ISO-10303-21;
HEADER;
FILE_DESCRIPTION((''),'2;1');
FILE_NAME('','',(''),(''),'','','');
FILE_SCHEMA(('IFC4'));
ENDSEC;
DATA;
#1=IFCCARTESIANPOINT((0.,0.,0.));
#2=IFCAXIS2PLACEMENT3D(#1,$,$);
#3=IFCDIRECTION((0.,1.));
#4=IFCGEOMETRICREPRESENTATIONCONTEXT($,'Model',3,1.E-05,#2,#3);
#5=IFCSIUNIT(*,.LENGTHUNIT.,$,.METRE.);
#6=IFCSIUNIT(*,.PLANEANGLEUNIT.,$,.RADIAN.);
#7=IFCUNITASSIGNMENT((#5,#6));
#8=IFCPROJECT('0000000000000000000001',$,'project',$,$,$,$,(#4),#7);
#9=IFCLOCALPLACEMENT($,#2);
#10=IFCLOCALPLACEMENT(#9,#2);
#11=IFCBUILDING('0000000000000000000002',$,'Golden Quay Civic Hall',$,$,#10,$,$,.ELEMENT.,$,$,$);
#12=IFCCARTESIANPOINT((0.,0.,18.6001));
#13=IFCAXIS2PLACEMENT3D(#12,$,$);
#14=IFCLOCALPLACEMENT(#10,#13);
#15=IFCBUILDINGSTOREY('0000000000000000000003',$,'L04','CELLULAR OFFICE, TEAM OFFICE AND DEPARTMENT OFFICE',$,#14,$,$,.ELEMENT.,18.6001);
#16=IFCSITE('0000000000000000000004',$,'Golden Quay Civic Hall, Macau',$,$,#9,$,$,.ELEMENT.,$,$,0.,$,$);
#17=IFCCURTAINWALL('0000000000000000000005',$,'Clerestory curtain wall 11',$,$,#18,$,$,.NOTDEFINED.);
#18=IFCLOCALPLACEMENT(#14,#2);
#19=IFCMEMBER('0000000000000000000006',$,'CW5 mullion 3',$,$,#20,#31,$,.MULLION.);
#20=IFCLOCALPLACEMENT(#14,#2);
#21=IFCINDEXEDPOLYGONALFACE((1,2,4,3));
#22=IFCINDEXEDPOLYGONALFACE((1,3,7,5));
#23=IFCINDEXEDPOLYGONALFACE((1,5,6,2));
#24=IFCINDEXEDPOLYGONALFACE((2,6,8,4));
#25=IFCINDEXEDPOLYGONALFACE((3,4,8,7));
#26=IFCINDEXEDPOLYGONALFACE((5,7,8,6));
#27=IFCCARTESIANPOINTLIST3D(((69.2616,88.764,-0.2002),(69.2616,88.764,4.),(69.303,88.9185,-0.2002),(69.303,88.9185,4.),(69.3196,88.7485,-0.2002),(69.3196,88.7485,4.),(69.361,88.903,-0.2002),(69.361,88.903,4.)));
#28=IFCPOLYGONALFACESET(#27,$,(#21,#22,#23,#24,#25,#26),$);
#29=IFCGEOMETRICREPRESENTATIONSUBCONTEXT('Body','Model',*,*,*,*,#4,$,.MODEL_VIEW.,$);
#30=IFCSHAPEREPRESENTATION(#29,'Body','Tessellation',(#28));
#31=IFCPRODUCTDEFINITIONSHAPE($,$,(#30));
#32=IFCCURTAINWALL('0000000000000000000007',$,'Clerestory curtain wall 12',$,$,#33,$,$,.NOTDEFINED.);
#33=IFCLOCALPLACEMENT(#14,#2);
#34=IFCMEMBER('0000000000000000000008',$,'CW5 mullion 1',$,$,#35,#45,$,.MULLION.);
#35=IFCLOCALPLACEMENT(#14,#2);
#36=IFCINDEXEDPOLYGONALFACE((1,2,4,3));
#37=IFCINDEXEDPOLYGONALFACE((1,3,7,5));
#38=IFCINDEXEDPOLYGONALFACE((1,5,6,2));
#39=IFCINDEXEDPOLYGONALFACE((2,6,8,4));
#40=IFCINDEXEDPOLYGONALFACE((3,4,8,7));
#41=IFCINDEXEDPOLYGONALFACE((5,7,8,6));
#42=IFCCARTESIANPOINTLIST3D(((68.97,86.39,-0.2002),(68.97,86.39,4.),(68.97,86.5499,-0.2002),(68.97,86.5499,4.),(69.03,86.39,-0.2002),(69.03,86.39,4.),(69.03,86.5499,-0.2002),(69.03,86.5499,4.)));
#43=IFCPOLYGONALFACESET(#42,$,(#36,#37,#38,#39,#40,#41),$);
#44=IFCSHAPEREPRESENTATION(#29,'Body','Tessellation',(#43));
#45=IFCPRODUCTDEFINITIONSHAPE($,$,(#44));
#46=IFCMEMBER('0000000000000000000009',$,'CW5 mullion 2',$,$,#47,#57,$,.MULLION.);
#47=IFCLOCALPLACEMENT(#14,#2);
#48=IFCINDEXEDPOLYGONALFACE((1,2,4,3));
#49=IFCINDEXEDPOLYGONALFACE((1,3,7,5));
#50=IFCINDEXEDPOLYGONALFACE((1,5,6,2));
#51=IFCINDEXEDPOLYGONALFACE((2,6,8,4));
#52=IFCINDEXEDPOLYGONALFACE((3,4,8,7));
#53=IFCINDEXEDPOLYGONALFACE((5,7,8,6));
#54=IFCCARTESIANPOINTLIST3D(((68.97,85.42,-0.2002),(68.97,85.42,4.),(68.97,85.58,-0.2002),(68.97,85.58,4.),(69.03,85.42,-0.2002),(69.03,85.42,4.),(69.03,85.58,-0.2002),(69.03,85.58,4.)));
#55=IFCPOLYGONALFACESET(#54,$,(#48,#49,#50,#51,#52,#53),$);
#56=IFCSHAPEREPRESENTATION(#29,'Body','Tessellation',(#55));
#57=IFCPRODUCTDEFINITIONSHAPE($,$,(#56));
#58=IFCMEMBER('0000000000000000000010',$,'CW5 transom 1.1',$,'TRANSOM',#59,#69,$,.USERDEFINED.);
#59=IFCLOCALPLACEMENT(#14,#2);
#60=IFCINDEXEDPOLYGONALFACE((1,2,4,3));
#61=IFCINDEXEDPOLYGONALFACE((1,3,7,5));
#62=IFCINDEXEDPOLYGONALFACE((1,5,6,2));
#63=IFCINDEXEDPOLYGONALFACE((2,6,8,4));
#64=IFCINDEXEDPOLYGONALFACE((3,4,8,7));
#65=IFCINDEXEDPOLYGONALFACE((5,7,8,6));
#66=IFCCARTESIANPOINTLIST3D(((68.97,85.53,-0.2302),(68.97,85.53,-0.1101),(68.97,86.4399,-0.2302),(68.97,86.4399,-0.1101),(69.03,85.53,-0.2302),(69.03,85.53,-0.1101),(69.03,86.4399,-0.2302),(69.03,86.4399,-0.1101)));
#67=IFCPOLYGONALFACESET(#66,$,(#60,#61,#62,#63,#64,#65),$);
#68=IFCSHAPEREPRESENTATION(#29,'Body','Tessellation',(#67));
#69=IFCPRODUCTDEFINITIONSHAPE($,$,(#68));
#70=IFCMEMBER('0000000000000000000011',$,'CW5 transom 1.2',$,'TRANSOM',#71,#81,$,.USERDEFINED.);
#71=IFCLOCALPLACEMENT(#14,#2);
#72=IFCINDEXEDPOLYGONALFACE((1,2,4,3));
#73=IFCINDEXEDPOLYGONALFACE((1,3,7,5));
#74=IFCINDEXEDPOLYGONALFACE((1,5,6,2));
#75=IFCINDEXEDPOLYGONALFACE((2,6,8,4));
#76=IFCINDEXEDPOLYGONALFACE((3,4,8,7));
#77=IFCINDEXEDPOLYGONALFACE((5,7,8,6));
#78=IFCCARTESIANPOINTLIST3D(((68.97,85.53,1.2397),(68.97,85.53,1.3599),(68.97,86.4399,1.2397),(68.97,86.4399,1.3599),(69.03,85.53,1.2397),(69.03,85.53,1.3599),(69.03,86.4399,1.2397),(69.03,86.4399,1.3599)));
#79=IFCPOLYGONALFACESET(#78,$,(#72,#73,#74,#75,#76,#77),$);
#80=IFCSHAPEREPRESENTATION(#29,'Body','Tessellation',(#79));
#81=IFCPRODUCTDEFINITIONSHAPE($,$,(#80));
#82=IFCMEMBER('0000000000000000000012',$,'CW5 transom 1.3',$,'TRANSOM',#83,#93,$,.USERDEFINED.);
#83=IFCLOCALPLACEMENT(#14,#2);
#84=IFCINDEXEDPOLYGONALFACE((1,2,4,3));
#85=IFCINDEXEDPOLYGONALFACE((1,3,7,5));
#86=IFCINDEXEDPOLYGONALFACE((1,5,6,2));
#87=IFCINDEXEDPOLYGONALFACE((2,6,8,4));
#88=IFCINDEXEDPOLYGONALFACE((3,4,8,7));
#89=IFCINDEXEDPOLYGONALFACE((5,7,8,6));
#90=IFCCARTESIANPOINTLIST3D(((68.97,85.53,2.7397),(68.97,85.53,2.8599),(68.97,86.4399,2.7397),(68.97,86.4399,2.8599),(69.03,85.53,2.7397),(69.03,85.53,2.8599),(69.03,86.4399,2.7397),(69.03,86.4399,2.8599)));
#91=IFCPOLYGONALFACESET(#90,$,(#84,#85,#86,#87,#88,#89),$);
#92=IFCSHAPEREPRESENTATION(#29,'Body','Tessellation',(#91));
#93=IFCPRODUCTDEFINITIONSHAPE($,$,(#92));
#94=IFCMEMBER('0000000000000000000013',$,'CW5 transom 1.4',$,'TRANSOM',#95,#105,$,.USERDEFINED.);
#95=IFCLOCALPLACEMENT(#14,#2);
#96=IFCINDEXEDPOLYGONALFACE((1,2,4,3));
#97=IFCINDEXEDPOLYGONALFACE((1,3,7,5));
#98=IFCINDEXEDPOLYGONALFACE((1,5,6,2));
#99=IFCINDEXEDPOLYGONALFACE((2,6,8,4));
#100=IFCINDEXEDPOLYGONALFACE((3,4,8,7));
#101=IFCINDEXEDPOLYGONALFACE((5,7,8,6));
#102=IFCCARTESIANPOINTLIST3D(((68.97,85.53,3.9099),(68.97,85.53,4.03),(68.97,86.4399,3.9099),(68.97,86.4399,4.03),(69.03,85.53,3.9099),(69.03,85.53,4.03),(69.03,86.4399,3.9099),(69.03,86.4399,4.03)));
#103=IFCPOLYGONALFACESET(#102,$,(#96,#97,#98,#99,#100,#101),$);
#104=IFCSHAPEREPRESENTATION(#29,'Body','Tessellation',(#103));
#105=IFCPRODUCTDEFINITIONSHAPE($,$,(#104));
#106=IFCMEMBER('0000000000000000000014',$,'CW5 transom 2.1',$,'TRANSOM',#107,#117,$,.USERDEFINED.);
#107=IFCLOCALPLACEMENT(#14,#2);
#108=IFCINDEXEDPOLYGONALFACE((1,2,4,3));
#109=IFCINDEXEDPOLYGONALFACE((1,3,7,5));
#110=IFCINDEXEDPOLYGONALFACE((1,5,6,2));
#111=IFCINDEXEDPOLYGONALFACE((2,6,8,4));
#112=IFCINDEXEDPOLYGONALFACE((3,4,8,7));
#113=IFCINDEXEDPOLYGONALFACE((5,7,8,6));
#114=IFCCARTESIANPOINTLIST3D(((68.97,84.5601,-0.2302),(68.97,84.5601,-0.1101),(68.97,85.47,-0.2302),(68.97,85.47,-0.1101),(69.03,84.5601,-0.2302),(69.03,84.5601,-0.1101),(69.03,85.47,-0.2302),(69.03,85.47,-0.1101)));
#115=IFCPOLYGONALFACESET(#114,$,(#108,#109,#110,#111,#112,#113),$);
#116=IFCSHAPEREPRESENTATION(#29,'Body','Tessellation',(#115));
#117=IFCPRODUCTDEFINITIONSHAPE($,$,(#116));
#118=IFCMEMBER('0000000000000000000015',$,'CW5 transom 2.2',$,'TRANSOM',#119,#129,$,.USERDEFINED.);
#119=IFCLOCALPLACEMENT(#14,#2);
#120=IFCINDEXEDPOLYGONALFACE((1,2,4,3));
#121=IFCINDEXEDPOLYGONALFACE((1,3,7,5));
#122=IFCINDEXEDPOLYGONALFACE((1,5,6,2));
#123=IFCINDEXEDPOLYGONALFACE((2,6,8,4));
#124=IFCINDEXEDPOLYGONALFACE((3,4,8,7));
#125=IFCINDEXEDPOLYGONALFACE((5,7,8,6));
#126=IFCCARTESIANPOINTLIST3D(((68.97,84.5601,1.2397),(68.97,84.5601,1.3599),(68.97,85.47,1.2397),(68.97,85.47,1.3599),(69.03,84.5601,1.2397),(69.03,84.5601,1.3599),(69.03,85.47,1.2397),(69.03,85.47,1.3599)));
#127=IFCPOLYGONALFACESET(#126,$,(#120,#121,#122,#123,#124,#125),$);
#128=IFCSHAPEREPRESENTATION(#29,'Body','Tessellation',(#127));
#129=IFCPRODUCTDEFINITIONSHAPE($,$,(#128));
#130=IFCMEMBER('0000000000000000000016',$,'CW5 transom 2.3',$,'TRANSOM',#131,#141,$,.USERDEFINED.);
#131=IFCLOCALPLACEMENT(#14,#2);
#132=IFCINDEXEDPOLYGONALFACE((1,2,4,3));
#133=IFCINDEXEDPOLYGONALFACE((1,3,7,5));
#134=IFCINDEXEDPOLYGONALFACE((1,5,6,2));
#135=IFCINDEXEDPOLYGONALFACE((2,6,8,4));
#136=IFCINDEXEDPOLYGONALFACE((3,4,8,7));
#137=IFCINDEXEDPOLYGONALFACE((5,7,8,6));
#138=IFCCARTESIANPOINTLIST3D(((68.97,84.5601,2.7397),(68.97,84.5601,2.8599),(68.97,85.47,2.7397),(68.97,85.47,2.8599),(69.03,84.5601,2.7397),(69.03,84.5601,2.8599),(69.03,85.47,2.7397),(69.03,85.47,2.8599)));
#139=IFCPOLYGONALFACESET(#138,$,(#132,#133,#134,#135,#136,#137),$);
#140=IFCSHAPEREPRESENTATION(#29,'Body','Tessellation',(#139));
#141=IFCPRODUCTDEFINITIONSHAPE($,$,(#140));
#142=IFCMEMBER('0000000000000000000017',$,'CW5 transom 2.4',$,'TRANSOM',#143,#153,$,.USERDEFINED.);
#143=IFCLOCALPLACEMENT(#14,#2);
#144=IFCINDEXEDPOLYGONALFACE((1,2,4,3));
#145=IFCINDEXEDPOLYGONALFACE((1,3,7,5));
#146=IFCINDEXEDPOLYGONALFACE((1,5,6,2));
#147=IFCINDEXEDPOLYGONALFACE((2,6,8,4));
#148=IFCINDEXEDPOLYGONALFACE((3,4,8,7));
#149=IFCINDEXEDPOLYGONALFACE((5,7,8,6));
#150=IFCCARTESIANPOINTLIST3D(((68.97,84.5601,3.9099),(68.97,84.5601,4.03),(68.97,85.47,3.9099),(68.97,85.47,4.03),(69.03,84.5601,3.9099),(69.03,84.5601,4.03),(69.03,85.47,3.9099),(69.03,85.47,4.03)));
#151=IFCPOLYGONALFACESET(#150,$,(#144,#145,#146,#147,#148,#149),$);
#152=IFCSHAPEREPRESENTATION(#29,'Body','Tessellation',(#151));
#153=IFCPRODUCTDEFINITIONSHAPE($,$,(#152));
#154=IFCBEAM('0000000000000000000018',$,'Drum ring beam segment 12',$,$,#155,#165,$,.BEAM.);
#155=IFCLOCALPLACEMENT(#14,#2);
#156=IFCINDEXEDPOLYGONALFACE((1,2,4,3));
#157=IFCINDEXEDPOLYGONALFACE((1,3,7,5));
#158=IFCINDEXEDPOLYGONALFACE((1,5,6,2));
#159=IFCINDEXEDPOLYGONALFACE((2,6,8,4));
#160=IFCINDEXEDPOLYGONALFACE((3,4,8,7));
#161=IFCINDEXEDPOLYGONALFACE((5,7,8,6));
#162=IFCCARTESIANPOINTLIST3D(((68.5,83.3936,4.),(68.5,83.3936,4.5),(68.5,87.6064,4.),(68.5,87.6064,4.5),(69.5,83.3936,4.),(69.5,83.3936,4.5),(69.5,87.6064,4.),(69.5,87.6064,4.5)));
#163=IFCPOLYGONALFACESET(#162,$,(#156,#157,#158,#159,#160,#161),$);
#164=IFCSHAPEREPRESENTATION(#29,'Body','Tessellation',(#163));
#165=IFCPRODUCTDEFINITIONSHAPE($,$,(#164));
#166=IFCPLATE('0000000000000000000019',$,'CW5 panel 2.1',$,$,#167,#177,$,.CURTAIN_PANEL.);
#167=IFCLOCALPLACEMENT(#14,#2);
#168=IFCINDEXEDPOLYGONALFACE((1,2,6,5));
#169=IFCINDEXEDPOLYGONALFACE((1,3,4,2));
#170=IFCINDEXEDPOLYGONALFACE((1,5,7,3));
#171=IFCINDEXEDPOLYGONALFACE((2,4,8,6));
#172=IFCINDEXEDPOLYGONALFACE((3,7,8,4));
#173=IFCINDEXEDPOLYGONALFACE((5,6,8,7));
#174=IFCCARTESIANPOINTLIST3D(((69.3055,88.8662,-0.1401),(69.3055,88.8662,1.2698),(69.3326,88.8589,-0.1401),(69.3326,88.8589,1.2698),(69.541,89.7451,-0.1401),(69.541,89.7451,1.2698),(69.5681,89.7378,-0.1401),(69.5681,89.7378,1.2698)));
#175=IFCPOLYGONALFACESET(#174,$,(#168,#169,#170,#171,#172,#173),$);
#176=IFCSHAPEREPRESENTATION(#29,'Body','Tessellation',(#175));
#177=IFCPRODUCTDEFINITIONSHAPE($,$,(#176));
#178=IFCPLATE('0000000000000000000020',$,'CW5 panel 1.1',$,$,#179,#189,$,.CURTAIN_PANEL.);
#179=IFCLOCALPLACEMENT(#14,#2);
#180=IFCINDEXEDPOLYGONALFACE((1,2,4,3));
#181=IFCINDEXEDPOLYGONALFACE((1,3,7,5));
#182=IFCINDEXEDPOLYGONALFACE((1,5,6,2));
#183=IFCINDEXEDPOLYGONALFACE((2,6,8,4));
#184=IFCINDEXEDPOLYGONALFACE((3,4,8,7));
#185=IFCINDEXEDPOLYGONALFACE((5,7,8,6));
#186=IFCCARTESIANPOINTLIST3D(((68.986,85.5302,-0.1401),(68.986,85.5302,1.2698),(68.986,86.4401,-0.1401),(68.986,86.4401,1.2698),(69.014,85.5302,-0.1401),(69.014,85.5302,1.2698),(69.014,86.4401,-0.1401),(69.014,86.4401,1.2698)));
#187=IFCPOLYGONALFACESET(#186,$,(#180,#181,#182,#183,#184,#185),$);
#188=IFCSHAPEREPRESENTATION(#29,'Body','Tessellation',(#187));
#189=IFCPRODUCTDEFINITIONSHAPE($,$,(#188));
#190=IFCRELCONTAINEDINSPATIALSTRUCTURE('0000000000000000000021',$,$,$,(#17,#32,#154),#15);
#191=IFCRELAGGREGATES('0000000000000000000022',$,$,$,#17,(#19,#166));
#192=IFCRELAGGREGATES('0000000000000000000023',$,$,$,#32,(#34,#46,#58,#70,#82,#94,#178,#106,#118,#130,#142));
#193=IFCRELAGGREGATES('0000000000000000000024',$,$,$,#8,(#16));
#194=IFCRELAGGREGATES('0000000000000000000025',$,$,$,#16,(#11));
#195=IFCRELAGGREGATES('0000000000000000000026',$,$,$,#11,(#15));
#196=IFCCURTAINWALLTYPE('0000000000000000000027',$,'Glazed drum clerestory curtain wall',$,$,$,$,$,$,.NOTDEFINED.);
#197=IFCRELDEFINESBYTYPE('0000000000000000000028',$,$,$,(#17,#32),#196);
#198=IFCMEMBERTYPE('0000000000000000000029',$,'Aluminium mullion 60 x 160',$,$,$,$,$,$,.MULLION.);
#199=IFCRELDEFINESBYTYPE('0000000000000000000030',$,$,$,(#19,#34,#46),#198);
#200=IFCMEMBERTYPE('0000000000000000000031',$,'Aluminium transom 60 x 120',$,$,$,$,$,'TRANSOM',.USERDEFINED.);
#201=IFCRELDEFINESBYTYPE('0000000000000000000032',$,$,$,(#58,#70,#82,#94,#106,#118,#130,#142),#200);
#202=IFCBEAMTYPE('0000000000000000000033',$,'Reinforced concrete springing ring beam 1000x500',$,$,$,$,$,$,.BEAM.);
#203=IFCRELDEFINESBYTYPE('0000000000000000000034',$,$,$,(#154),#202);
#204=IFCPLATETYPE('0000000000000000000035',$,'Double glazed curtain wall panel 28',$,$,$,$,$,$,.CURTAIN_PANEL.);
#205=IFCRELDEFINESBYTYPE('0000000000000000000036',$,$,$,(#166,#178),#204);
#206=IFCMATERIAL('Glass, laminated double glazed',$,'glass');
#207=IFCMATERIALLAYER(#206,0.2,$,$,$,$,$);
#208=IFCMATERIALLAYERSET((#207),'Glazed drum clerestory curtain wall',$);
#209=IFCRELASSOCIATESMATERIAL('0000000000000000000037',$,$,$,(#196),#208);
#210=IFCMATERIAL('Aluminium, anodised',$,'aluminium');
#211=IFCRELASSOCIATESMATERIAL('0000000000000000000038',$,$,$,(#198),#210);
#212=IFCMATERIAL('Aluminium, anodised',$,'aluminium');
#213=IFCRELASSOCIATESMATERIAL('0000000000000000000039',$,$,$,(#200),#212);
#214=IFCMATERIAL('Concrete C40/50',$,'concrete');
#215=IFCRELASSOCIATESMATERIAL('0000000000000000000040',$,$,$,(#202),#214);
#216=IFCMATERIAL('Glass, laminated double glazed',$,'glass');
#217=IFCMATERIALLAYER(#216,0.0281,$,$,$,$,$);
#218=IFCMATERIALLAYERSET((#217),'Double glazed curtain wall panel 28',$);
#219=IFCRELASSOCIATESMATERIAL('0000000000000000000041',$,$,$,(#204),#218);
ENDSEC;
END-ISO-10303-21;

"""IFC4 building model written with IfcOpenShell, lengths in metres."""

from ifc_helpers import new_model, si_unit, direction, frame, origin, origin_2d, place, context, subcontext, project, spatial, rectangle, extrude, material, layer, layer_set, material_profile, profile_set, type_object, element, aggregate, save


model = new_model("IFC4")

# Units and contexts
model_context = context("Model", 3, precision=1e-05, world=origin(), true_north=direction((0.0, 1.0)))
body_context = subcontext(model_context, "Body", "Model", "MODEL_VIEW")
ifc_project = project(units=[si_unit("LENGTHUNIT", "METRE"), si_unit("PLANEANGLEUNIT", "RADIAN")], contexts=[model_context])

# Site, building, storey
site_placement = place(None, origin())
site = spatial("IfcSite", under=ifc_project, at=site_placement, Name="Golden Quay Civic Hall, Macau", CompositionType="ELEMENT", RefElevation=0.0)
building_placement = place(site_placement, origin())
building = spatial("IfcBuilding", under=site, at=building_placement, Name="Golden Quay Civic Hall", CompositionType="ELEMENT")
storey_placement = place(building_placement, frame((0.0, 0.0, 18.6001)))
storey = spatial("IfcBuildingStorey", under=building, at=storey_placement, Name="L04", Description="CELLULAR OFFICE, TEAM OFFICE AND DEPARTMENT OFFICE", CompositionType="ELEMENT", Elevation=18.6001)

# Curtain wall, member
ifc_material_1 = material(Name="Glass, laminated double glazed", Category="glass")
ifc_layer_1 = layer(ifc_material_1, 0.2)
ifc_layer_set_1 = layer_set([ifc_layer_1], Name="Glazed drum clerestory curtain wall")
curtain_wall_type = type_object("IfcCurtainWallType", Name="Glazed drum clerestory curtain wall", PredefinedType="NOTDEFINED", material=ifc_layer_set_1)
curtain_wall_1_placement = place(storey_placement, origin())
curtain_wall_1 = element("IfcCurtainWall", 1, at=curtain_wall_1_placement, inside=storey, type_object=curtain_wall_type, Name="Clerestory curtain wall 11", PredefinedType="NOTDEFINED")
ifc_material_2 = material(Name="Aluminium, anodised", Category="aluminium")
ifc_material_profile_1 = material_profile(ifc_material_2, rectangle(XDim=0.0601, YDim=0.1599, at=origin_2d()), Name="Aluminium 60 x 160")
ifc_profile_set_1 = profile_set([ifc_material_profile_1], Name="Aluminium, anodised")
member_type_1 = type_object("IfcMemberType", Name="Aluminium mullion 60 x 160", PredefinedType="MULLION", material=ifc_profile_set_1)
member_1_placement = place(storey_placement, frame((69.3113, 88.8335, -0.2002), z_axis=(0.0, 0.0, 1.0), x_axis=(0.965929, -0.258808, 0.0)))
member_1 = element("IfcMember", 2, at=member_1_placement, type_object=member_type_1, Name="CW5 mullion 3", PredefinedType="MULLION", context=body_context, shape_type="SweptSolid", body=[
    extrude(rectangle(XDim=0.0601, YDim=0.1599, at=origin_2d()), origin(), (0.0, 0.0, 1.0), 4.2002),
])

# Curtain wall, members
curtain_wall_2_placement = place(storey_placement, origin())
curtain_wall_2 = element("IfcCurtainWall", 3, at=curtain_wall_2_placement, inside=storey, type_object=curtain_wall_type, Name="Clerestory curtain wall 12", PredefinedType="NOTDEFINED")
member_2_placement = place(storey_placement, frame((69.0, 86.47, -0.2002), z_axis=(0.0, 0.0, 1.0), x_axis=(1.0, 0.0, 0.0)))
member_2 = element("IfcMember", 4, at=member_2_placement, type_object=member_type_1, Name="CW5 mullion 1", PredefinedType="MULLION", context=body_context, shape_type="SweptSolid", body=[
    extrude(rectangle(XDim=0.0601, YDim=0.1599, at=origin_2d()), origin(), (0.0, 0.0, 1.0), 4.2002),
])
member_3_placement = place(storey_placement, frame((69.0, 85.5, -0.2002), z_axis=(0.0, 0.0, 1.0), x_axis=(1.0, 0.0, 0.0)))
member_3 = element("IfcMember", 5, at=member_3_placement, type_object=member_type_1, Name="CW5 mullion 2", PredefinedType="MULLION", context=body_context, shape_type="SweptSolid", body=[
    extrude(rectangle(XDim=0.0601, YDim=0.1599, at=origin_2d()), origin(), (0.0, 0.0, 1.0), 4.2002),
])
ifc_material_3 = material(Name="Aluminium, anodised", Category="aluminium")
ifc_material_profile_2 = material_profile(ifc_material_3, rectangle(XDim=0.0601, YDim=0.1201, at=origin_2d()), Name="Aluminium 60 x 120")
ifc_profile_set_2 = profile_set([ifc_material_profile_2], Name="Aluminium, anodised")
member_type_2 = type_object("IfcMemberType", Name="Aluminium transom 60 x 120", ElementType="TRANSOM", PredefinedType="USERDEFINED", material=ifc_profile_set_2)
member_4_placement = place(storey_placement, frame((69.0, 86.4399, -0.1702), z_axis=(0.0, -1.0, 0.0), x_axis=(1.0, 0.0, 0.0)))
member_4 = element("IfcMember", 6, at=member_4_placement, type_object=member_type_2, Name="CW5 transom 1.1", ObjectType="TRANSOM", PredefinedType="USERDEFINED", context=body_context, shape_type="SweptSolid", body=[
    extrude(rectangle(XDim=0.0601, YDim=0.1201, at=origin_2d()), origin(), (0.0, 0.0, 1.0), 0.9099),
])
member_5_placement = place(storey_placement, frame((69.0, 86.4399, 1.2998), z_axis=(0.0, -1.0, 0.0), x_axis=(1.0, 0.0, 0.0)))
member_5 = element("IfcMember", 7, at=member_5_placement, type_object=member_type_2, Name="CW5 transom 1.2", ObjectType="TRANSOM", PredefinedType="USERDEFINED", context=body_context, shape_type="SweptSolid", body=[
    extrude(rectangle(XDim=0.0601, YDim=0.1201, at=origin_2d()), origin(), (0.0, 0.0, 1.0), 0.9099),
])
member_6_placement = place(storey_placement, frame((69.0, 86.4399, 2.7998), z_axis=(0.0, -1.0, 0.0), x_axis=(1.0, 0.0, 0.0)))
member_6 = element("IfcMember", 8, at=member_6_placement, type_object=member_type_2, Name="CW5 transom 1.3", ObjectType="TRANSOM", PredefinedType="USERDEFINED", context=body_context, shape_type="SweptSolid", body=[
    extrude(rectangle(XDim=0.0601, YDim=0.1201, at=origin_2d()), origin(), (0.0, 0.0, 1.0), 0.9099),
])
member_7_placement = place(storey_placement, frame((69.0, 86.4399, 3.97), z_axis=(0.0, -1.0, 0.0), x_axis=(1.0, 0.0, 0.0)))
member_7 = element("IfcMember", 9, at=member_7_placement, type_object=member_type_2, Name="CW5 transom 1.4", ObjectType="TRANSOM", PredefinedType="USERDEFINED", context=body_context, shape_type="SweptSolid", body=[
    extrude(rectangle(XDim=0.0601, YDim=0.1201, at=origin_2d()), origin(), (0.0, 0.0, 1.0), 0.9099),
])
member_8_placement = place(storey_placement, frame((69.0, 85.47, -0.1702), z_axis=(0.0, -1.0, 0.0), x_axis=(1.0, 0.0, 0.0)))
member_8 = element("IfcMember", 10, at=member_8_placement, type_object=member_type_2, Name="CW5 transom 2.1", ObjectType="TRANSOM", PredefinedType="USERDEFINED", context=body_context, shape_type="SweptSolid", body=[
    extrude(rectangle(XDim=0.0601, YDim=0.1201, at=origin_2d()), origin(), (0.0, 0.0, 1.0), 0.9099),
])
member_9_placement = place(storey_placement, frame((69.0, 85.47, 1.2998), z_axis=(0.0, -1.0, 0.0), x_axis=(1.0, 0.0, 0.0)))
member_9 = element("IfcMember", 11, at=member_9_placement, type_object=member_type_2, Name="CW5 transom 2.2", ObjectType="TRANSOM", PredefinedType="USERDEFINED", context=body_context, shape_type="SweptSolid", body=[
    extrude(rectangle(XDim=0.0601, YDim=0.1201, at=origin_2d()), origin(), (0.0, 0.0, 1.0), 0.9099),
])
member_10_placement = place(storey_placement, frame((69.0, 85.47, 2.7998), z_axis=(0.0, -1.0, 0.0), x_axis=(1.0, 0.0, 0.0)))
member_10 = element("IfcMember", 12, at=member_10_placement, type_object=member_type_2, Name="CW5 transom 2.3", ObjectType="TRANSOM", PredefinedType="USERDEFINED", context=body_context, shape_type="SweptSolid", body=[
    extrude(rectangle(XDim=0.0601, YDim=0.1201, at=origin_2d()), origin(), (0.0, 0.0, 1.0), 0.9099),
])
member_11_placement = place(storey_placement, frame((69.0, 85.47, 3.97), z_axis=(0.0, -1.0, 0.0), x_axis=(1.0, 0.0, 0.0)))
member_11 = element("IfcMember", 13, at=member_11_placement, type_object=member_type_2, Name="CW5 transom 2.4", ObjectType="TRANSOM", PredefinedType="USERDEFINED", context=body_context, shape_type="SweptSolid", body=[
    extrude(rectangle(XDim=0.0601, YDim=0.1201, at=origin_2d()), origin(), (0.0, 0.0, 1.0), 0.9099),
])

# Beam
ifc_material_4 = material(Name="Concrete C40/50", Category="concrete")
ifc_material_profile_3 = material_profile(ifc_material_4, rectangle(XDim=1.0, YDim=0.5, at=origin_2d()), Name="RC 1000x500")
ifc_profile_set_3 = profile_set([ifc_material_profile_3], Name="Concrete C40/50")
beam_type = type_object("IfcBeamType", Name="Reinforced concrete springing ring beam 1000x500", PredefinedType="BEAM", material=ifc_profile_set_3)
beam_placement = place(storey_placement, frame((69.0, 87.6064, 4.25), z_axis=(0.0, -1.0, 0.0), x_axis=(1.0, 0.0, 0.0)))
element("IfcBeam", 14, at=beam_placement, inside=storey, type_object=beam_type, Name="Drum ring beam segment 12", PredefinedType="BEAM", context=body_context, shape_type="SweptSolid", body=[
    extrude(rectangle(XDim=1.0, YDim=0.5, at=origin_2d()), origin(), (0.0, 0.0, 1.0), 4.2129),
])

# Plates
ifc_material_5 = material(Name="Glass, laminated double glazed", Category="glass")
ifc_layer_2 = layer(ifc_material_5, 0.0281)
ifc_layer_set_2 = layer_set([ifc_layer_2], Name="Double glazed curtain wall panel 28")
plate_type = type_object("IfcPlateType", Name="Double glazed curtain wall panel 28", PredefinedType="CURTAIN_PANEL", material=ifc_layer_set_2)
plate_1_placement = place(storey_placement, frame((69.4368, 89.302, -0.1401), z_axis=(0.0, 0.0, 1.0), x_axis=(-0.258808, -0.965929, 0.0)))
plate_1 = element("IfcPlate", 15, at=plate_1_placement, type_object=plate_type, Name="CW5 panel 2.1", PredefinedType="CURTAIN_PANEL", context=body_context, shape_type="SweptSolid", body=[
    extrude(rectangle(XDim=0.9099, YDim=0.0281, at=origin_2d()), origin(), (0.0, 0.0, 1.0), 1.4099),
])
aggregate(curtain_wall_1, [member_1, plate_1])
plate_2_placement = place(storey_placement, frame((69.0, 85.9851, -0.1401), z_axis=(0.0, 0.0, 1.0), x_axis=(0.0, -1.0, 0.0)))
plate_2 = element("IfcPlate", 16, at=plate_2_placement, type_object=plate_type, Name="CW5 panel 1.1", PredefinedType="CURTAIN_PANEL", context=body_context, shape_type="SweptSolid", body=[
    extrude(rectangle(XDim=0.9099, YDim=0.0281, at=origin_2d()), origin(), (0.0, 0.0, 1.0), 1.4099),
])
aggregate(curtain_wall_2, [member_2, member_3, member_4, member_5, member_6, member_7, plate_2, member_8, member_9, member_10, member_11])

save(model, "model.ifc")
